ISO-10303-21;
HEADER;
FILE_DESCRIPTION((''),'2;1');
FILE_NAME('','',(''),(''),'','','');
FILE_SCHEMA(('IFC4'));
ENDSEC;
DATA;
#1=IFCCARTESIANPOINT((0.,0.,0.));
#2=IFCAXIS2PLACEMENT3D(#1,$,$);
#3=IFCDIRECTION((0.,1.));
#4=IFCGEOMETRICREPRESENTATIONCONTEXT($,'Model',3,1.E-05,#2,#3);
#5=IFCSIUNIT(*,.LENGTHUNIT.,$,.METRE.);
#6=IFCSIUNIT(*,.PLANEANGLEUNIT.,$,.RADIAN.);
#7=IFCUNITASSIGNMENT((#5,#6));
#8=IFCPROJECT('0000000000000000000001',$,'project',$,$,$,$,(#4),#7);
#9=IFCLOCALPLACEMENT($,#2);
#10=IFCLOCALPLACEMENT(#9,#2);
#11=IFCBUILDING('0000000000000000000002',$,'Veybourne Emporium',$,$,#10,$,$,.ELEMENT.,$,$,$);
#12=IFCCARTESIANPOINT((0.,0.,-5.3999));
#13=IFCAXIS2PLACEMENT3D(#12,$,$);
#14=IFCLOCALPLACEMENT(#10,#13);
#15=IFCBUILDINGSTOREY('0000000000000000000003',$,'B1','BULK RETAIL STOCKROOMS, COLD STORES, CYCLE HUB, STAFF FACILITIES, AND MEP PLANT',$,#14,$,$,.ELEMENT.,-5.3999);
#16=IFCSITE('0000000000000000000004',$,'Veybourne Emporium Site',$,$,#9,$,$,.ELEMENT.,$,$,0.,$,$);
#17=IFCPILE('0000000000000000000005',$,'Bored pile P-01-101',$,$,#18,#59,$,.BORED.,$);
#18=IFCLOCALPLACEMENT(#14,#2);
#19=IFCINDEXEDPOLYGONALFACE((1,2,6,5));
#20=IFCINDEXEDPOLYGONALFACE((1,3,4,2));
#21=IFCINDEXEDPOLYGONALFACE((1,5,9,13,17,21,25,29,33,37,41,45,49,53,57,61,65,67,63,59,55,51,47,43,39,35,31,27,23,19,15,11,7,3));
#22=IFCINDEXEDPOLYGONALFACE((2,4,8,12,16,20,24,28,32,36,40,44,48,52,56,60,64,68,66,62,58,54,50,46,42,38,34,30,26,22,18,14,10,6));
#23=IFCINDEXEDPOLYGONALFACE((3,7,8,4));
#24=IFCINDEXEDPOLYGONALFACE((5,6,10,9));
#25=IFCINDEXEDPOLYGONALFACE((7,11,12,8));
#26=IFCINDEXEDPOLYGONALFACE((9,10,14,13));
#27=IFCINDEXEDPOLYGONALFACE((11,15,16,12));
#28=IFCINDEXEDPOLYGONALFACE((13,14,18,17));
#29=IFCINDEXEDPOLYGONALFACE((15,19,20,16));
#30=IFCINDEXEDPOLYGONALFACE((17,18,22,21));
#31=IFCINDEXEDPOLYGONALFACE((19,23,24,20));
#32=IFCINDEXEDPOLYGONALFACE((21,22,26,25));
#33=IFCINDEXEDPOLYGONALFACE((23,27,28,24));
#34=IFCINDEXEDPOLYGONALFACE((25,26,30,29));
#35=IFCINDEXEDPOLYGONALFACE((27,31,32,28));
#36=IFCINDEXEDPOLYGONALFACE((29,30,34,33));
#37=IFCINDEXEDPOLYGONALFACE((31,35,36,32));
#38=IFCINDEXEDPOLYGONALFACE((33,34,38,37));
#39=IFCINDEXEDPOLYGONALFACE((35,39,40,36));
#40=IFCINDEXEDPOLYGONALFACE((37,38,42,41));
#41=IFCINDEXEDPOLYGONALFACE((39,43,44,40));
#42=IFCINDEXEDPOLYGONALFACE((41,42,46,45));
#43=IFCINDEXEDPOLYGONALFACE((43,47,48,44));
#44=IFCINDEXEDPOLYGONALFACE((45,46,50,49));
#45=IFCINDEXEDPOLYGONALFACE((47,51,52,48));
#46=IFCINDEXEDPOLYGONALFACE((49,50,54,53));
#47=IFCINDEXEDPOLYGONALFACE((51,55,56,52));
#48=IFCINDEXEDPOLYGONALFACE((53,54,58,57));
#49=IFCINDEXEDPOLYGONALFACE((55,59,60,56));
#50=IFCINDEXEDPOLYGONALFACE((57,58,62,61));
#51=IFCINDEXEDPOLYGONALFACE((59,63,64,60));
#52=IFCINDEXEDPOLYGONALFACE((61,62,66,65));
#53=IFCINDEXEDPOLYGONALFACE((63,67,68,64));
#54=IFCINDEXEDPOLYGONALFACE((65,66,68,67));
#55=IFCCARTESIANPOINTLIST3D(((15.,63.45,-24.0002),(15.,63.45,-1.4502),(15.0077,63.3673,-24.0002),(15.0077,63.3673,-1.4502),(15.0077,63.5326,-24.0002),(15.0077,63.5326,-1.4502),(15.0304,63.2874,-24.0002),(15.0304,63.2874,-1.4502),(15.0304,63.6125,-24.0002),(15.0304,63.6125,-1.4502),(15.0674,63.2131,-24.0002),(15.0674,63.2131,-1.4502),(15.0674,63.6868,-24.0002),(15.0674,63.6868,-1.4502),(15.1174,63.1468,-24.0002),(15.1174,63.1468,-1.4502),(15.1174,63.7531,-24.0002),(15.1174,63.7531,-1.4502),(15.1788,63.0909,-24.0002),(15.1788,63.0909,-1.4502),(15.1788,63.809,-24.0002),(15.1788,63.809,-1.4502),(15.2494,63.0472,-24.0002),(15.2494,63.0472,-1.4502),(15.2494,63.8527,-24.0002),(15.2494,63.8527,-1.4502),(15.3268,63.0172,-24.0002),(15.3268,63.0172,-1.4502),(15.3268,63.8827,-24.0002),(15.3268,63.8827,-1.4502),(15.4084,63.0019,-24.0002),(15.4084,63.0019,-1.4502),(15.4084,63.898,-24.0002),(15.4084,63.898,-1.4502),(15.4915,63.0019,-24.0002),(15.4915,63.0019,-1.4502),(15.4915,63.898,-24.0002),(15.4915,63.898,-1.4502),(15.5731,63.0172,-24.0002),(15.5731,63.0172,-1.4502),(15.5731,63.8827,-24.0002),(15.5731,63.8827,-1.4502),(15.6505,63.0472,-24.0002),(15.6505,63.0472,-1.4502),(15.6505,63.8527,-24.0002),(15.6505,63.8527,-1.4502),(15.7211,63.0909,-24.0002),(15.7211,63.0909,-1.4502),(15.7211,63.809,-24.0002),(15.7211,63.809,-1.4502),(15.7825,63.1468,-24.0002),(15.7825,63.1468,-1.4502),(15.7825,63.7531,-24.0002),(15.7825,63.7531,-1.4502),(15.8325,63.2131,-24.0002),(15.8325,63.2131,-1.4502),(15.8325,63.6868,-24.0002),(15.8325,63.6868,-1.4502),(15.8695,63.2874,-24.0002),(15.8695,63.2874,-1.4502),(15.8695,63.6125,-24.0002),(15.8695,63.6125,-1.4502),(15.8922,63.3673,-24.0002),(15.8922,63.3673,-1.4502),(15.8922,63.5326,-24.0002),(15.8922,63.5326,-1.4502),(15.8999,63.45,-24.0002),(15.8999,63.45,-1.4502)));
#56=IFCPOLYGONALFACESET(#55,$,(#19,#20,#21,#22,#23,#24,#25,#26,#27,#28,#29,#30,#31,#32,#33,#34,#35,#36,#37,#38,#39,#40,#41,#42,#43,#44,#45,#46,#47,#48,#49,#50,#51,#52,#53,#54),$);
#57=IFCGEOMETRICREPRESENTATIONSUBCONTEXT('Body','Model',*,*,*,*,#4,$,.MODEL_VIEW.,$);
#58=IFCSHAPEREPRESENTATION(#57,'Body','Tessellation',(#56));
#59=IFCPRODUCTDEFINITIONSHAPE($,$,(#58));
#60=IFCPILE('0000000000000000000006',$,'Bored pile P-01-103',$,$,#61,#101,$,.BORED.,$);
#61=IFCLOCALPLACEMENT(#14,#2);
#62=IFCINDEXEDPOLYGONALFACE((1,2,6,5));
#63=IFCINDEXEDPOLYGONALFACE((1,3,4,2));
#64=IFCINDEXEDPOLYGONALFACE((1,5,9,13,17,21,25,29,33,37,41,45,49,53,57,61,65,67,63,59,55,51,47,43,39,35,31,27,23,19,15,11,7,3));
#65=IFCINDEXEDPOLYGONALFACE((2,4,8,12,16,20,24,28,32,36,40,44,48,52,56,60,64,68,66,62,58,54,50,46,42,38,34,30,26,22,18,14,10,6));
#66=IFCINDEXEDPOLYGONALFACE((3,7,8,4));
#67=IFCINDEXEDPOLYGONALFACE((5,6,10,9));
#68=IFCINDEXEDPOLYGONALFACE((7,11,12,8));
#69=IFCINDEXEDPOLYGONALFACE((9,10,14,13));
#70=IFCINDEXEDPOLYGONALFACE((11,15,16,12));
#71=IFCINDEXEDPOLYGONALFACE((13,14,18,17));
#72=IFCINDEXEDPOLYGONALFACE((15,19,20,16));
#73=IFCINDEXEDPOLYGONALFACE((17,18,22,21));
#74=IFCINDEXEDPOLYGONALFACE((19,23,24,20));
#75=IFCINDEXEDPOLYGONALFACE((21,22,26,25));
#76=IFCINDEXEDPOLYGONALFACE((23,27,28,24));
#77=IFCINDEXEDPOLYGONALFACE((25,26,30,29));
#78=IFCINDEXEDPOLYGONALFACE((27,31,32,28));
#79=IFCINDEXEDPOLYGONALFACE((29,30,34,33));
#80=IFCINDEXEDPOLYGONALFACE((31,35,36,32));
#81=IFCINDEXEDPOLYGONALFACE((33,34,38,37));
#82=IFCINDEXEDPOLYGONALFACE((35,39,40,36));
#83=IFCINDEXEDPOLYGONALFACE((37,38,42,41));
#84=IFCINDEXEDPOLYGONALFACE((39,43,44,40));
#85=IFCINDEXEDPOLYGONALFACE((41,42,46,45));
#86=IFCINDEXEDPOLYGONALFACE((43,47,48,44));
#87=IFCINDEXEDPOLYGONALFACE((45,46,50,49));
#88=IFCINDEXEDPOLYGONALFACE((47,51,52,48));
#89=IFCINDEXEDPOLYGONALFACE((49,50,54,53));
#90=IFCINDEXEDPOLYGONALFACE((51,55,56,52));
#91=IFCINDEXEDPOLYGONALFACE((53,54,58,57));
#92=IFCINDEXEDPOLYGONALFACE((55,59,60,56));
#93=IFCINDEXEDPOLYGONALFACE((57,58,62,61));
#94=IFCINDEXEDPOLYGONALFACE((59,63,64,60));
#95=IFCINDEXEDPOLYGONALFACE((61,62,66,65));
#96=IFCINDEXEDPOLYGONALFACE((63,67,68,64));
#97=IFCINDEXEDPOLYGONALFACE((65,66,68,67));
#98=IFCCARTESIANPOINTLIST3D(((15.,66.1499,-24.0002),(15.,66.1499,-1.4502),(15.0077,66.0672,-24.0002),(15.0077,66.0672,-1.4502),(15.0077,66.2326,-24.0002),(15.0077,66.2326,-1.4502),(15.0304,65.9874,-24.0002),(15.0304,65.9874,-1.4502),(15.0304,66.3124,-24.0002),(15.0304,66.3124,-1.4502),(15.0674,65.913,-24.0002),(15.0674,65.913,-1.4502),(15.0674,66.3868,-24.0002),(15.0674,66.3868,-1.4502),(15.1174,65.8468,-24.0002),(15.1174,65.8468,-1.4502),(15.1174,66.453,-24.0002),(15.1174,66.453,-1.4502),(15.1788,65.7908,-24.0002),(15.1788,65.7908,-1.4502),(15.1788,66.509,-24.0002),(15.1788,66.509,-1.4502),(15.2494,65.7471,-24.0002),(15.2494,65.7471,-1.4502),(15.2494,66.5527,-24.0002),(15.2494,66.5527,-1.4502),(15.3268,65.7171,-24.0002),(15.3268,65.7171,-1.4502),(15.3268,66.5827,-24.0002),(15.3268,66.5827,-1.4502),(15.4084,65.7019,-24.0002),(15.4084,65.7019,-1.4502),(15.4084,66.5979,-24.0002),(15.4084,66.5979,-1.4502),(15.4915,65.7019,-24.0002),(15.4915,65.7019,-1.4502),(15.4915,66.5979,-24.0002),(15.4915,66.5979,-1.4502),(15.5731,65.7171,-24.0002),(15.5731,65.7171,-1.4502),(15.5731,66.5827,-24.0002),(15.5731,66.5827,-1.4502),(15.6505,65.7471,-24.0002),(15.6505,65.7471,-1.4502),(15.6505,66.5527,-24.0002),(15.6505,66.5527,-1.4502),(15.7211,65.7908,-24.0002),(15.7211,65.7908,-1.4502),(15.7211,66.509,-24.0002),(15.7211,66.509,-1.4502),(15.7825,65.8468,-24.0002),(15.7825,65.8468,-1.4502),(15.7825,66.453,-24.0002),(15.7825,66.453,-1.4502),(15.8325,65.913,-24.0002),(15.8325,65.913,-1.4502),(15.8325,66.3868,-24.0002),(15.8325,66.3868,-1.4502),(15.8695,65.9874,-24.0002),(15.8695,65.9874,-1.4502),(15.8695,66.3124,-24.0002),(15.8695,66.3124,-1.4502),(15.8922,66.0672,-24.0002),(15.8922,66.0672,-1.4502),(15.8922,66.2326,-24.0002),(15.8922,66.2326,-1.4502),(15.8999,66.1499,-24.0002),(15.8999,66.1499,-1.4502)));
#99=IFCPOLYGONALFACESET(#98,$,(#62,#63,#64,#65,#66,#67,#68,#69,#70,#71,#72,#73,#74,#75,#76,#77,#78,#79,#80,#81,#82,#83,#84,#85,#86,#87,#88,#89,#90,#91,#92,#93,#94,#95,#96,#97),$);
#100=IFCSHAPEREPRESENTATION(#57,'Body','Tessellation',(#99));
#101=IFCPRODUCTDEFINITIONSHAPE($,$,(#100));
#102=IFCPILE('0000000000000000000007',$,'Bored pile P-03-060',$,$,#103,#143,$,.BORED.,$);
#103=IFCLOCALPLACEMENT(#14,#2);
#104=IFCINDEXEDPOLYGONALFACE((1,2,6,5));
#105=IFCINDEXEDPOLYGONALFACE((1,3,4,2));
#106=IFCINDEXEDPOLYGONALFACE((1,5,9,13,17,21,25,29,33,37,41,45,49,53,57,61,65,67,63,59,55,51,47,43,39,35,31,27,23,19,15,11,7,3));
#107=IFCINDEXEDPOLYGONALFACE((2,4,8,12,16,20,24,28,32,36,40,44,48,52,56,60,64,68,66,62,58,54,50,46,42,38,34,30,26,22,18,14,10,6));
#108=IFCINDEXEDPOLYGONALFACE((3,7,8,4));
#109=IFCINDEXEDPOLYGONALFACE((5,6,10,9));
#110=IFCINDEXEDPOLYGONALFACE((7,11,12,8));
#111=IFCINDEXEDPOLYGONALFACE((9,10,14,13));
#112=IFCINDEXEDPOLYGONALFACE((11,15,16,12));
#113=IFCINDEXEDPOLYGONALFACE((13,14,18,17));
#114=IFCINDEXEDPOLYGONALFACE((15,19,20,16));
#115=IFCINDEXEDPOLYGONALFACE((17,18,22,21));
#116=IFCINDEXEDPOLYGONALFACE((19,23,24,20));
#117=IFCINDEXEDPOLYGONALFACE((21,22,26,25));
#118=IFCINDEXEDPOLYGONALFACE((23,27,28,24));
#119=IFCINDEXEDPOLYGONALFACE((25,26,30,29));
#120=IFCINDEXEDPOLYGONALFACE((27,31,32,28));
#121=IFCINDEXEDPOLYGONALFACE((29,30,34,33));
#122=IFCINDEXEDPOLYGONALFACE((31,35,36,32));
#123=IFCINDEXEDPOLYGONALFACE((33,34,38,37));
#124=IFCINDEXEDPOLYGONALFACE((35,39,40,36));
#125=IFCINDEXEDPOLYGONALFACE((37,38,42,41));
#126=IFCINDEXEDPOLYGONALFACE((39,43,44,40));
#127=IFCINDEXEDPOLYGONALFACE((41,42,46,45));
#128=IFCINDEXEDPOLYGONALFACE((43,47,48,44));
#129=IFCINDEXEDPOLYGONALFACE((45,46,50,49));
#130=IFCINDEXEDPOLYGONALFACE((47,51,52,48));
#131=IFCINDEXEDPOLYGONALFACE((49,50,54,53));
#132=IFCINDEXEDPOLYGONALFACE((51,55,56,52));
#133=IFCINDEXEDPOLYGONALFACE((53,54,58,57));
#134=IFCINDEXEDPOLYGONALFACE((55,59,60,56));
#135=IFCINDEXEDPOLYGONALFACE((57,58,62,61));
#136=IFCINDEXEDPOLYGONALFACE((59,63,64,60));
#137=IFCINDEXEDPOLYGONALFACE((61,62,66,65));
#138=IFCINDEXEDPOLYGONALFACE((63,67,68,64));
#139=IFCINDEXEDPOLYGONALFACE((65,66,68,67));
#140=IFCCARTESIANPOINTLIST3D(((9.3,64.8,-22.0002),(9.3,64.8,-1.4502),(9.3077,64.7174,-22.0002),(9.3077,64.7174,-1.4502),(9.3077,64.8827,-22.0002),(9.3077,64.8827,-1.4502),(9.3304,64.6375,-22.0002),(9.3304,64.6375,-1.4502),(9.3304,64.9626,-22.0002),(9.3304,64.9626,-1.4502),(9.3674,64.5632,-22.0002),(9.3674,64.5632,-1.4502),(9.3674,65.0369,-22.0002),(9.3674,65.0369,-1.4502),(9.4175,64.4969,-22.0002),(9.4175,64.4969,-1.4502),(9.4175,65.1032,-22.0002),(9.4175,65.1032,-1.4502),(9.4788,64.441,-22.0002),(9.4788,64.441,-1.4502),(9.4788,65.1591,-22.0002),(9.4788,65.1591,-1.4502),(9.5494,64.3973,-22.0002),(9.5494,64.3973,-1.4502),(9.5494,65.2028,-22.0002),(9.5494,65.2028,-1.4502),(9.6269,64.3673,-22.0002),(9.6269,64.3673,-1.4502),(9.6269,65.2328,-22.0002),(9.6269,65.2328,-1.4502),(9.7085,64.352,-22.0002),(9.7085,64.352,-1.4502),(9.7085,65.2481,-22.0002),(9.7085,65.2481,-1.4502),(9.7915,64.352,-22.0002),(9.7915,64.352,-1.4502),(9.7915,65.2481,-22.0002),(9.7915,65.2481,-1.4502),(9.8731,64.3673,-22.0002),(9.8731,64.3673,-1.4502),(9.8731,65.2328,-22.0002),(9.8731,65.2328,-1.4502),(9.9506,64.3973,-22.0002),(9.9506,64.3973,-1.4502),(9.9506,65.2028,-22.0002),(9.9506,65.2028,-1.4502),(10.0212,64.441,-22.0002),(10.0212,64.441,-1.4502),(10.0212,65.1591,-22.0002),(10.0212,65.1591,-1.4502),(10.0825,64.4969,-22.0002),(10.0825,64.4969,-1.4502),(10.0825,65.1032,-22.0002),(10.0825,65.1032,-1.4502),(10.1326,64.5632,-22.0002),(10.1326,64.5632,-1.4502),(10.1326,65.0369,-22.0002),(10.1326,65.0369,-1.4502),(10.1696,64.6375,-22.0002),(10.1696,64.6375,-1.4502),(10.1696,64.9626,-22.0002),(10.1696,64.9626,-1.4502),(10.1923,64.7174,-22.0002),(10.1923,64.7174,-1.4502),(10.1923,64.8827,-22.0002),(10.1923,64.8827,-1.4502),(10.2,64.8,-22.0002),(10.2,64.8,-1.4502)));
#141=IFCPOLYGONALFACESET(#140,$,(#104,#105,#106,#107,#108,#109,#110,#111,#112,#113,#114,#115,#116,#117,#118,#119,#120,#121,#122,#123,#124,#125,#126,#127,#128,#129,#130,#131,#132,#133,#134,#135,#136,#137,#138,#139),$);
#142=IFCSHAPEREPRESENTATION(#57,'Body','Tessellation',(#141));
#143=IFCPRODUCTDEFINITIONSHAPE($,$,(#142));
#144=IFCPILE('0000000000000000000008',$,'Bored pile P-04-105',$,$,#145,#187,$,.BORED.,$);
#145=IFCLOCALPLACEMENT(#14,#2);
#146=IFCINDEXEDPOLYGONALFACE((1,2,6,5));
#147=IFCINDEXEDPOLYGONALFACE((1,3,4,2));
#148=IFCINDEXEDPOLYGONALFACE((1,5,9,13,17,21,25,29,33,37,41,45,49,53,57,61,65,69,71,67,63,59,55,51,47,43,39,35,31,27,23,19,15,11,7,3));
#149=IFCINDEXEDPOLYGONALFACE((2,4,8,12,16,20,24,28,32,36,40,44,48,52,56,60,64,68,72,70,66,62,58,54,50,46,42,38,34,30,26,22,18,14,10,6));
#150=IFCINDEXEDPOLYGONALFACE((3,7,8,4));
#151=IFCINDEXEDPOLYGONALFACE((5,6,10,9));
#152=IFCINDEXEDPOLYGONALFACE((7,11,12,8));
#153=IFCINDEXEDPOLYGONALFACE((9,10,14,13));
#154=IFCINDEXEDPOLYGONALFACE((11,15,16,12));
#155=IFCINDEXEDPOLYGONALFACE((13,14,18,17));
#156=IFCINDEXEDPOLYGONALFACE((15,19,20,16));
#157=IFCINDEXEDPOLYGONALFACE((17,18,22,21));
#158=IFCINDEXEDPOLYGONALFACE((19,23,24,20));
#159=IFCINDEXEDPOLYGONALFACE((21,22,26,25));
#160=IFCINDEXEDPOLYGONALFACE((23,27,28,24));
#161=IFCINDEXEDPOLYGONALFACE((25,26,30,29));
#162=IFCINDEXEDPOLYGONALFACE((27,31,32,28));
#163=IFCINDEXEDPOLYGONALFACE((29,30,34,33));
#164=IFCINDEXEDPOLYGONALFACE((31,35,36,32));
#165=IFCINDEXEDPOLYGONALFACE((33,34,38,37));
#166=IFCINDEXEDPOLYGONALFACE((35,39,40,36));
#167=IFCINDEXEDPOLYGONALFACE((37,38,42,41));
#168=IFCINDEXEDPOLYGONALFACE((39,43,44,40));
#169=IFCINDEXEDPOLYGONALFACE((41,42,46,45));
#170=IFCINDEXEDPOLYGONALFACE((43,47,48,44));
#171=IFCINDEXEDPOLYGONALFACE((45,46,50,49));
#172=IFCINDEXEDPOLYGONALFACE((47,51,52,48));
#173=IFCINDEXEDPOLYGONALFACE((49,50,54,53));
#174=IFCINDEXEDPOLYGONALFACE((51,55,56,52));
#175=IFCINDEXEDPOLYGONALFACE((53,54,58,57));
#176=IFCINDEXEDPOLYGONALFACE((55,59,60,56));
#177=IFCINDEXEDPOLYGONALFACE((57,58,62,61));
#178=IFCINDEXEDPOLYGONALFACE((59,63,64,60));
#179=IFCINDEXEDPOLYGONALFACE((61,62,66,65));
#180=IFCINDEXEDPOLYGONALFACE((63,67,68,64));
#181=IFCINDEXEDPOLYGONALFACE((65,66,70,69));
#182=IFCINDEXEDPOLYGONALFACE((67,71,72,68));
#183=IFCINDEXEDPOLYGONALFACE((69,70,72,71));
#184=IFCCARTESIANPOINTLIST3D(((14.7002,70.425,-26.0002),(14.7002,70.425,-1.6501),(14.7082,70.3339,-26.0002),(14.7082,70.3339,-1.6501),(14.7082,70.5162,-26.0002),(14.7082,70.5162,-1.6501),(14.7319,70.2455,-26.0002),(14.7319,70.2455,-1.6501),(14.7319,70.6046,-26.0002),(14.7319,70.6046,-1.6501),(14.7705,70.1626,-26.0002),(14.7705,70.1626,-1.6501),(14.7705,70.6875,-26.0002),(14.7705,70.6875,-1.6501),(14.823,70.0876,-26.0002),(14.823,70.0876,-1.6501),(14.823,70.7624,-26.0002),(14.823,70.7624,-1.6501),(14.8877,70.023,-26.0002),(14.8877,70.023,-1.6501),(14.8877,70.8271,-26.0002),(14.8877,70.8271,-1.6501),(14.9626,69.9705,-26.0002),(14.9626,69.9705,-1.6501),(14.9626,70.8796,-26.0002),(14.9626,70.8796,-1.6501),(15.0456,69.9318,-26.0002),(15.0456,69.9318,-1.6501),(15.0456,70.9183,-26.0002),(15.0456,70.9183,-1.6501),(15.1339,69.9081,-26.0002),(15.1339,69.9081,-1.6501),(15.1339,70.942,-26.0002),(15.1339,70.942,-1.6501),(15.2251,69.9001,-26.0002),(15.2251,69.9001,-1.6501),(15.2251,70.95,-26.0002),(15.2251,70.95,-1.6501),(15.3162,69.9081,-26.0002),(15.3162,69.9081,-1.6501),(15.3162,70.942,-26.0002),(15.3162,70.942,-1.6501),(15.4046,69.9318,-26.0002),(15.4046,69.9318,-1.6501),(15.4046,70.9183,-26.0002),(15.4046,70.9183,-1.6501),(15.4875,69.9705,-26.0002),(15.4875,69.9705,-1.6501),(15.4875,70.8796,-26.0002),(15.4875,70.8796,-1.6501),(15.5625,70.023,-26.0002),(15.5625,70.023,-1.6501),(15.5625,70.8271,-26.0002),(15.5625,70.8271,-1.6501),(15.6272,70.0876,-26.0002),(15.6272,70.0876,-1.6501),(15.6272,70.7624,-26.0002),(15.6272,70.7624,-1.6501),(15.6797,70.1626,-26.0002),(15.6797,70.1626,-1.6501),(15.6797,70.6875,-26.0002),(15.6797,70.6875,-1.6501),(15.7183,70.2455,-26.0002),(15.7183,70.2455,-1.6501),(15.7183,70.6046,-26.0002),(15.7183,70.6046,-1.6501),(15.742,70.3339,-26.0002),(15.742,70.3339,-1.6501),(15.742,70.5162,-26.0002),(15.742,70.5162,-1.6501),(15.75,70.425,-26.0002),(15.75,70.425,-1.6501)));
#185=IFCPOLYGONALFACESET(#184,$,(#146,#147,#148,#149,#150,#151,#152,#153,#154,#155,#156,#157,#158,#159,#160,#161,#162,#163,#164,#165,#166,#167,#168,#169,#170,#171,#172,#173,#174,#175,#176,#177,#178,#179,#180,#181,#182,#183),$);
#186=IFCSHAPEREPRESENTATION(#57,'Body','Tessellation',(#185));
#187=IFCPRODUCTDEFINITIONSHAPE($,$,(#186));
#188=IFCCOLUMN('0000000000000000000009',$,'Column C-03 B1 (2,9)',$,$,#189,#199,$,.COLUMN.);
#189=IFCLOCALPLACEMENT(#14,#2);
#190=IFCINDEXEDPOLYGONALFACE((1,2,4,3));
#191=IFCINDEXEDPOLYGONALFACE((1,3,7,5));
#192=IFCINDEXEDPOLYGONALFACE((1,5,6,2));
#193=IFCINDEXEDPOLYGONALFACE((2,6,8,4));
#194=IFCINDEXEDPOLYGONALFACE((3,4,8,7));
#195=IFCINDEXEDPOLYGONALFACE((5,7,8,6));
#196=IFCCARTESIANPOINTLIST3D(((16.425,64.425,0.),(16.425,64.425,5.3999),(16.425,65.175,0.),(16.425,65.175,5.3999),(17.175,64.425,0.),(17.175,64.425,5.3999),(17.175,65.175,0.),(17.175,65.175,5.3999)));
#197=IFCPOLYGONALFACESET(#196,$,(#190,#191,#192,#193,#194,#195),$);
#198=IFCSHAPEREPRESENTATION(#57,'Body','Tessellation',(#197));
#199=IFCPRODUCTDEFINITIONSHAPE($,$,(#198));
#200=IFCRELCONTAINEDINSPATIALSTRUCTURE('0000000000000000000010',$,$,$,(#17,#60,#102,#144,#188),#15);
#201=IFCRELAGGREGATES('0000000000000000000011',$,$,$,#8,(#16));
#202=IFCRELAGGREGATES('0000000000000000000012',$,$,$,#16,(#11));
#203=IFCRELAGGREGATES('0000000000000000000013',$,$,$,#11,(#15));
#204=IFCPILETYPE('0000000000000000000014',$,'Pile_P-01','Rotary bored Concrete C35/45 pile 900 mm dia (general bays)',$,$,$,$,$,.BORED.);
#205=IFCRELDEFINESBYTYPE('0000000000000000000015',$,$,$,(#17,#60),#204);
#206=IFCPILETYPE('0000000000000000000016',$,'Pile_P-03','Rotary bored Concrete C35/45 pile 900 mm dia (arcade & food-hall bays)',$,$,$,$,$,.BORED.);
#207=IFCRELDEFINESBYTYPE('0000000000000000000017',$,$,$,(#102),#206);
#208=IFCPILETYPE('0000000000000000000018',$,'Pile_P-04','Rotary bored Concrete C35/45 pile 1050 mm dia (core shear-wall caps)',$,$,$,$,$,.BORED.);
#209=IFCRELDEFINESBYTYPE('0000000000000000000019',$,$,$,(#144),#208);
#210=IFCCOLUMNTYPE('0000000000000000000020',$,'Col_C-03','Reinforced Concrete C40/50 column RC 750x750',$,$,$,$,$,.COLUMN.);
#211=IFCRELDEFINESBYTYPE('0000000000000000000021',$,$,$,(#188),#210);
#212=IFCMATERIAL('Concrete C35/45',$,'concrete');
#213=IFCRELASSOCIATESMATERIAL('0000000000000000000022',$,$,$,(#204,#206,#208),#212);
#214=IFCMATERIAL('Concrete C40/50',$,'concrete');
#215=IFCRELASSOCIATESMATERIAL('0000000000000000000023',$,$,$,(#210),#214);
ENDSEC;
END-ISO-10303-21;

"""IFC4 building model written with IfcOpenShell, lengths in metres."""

from ifc_helpers import new_model, si_unit, direction, frame, origin, origin_2d, place, context, subcontext, project, spatial, rectangle, circle, extrude, material, material_profile, profile_set, type_object, element, save


model = new_model("IFC4")

# Units and contexts
model_context = context("Model", 3, precision=1e-05, world=origin(), true_north=direction((0.0, 1.0)))
body_context = subcontext(model_context, "Body", "Model", "MODEL_VIEW")
ifc_project = project(units=[si_unit("LENGTHUNIT", "METRE"), si_unit("PLANEANGLEUNIT", "RADIAN")], contexts=[model_context])

# Site, building, storey
site_placement = place(None, origin())
site = spatial("IfcSite", under=ifc_project, at=site_placement, Name="Veybourne Emporium Site", CompositionType="ELEMENT", RefElevation=0.0)
building_placement = place(site_placement, origin())
building = spatial("IfcBuilding", under=site, at=building_placement, Name="Veybourne Emporium", CompositionType="ELEMENT")
storey_placement = place(building_placement, frame((0.0, 0.0, -5.3999)))
storey = spatial("IfcBuildingStorey", under=building, at=storey_placement, Name="B1", Description="BULK RETAIL STOCKROOMS, COLD STORES, CYCLE HUB, STAFF FACILITIES, AND MEP PLANT", CompositionType="ELEMENT", Elevation=-5.3999)

# Shared definitions
ifc_material_1 = material(Name="Concrete C35/45", Category="concrete")

# Piles
ifc_material_profile_1 = material_profile(ifc_material_1, circle(Radius=0.45, at=origin_2d()), Name="BORED PILE 900")
ifc_profile_set_1 = profile_set([ifc_material_profile_1], Name="Concrete C35/45")
pile_type_1 = type_object("IfcPileType", Name="Pile_P-01", Description="Rotary bored Concrete C35/45 pile 900 mm dia (general bays)", PredefinedType="BORED", material=ifc_profile_set_1)
for number, where, z_axis, x_axis, name in (
    (1, (15.45, 63.45, -1.4502), (0.0, 0.0, -1.0), (1.0, 0.0, 0.0), "Bored pile P-01-101"),
    (2, (15.45, 66.1499, -1.4502), (0.0, 0.0, -1.0), (1.0, 0.0, 0.0), "Bored pile P-01-103"),
):
    element("IfcPile", number, at=place(storey_placement, frame(where, z_axis=z_axis, x_axis=x_axis)), inside=storey, type_object=pile_type_1, Name=name, PredefinedType="BORED", context=body_context, shape_type="SweptSolid", body=[
        extrude(circle(Radius=0.45, at=origin_2d()), origin(), (0.0, 0.0, 1.0), 22.55),
    ])
ifc_material_profile_2 = material_profile(ifc_material_1, circle(Radius=0.45, at=origin_2d()), Name="BORED PILE 900")
ifc_profile_set_2 = profile_set([ifc_material_profile_2], Name="Concrete C35/45")
pile_type_2 = type_object("IfcPileType", Name="Pile_P-03", Description="Rotary bored Concrete C35/45 pile 900 mm dia (arcade & food-hall bays)", PredefinedType="BORED", material=ifc_profile_set_2)
pile_1_placement = place(storey_placement, frame((9.75, 64.8, -1.4502), z_axis=(0.0, 0.0, -1.0), x_axis=(1.0, 0.0, 0.0)))
element("IfcPile", 3, at=pile_1_placement, inside=storey, type_object=pile_type_2, Name="Bored pile P-03-060", PredefinedType="BORED", context=body_context, shape_type="SweptSolid", body=[
    extrude(circle(Radius=0.45, at=origin_2d()), origin(), (0.0, 0.0, 1.0), 20.55),
])
ifc_material_profile_3 = material_profile(ifc_material_1, circle(Radius=0.5249, at=origin_2d()), Name="BORED PILE 1050")
ifc_profile_set_3 = profile_set([ifc_material_profile_3], Name="Concrete C35/45")
pile_type_3 = type_object("IfcPileType", Name="Pile_P-04", Description="Rotary bored Concrete C35/45 pile 1050 mm dia (core shear-wall caps)", PredefinedType="BORED", material=ifc_profile_set_3)
pile_2_placement = place(storey_placement, frame((15.2251, 70.425, -1.6501), z_axis=(0.0, 0.0, -1.0), x_axis=(1.0, 0.0, 0.0)))
element("IfcPile", 4, at=pile_2_placement, inside=storey, type_object=pile_type_3, Name="Bored pile P-04-105", PredefinedType="BORED", context=body_context, shape_type="SweptSolid", body=[
    extrude(circle(Radius=0.5249, at=origin_2d()), origin(), (0.0, 0.0, 1.0), 24.3501),
])

# Column
ifc_material_2 = material(Name="Concrete C40/50", Category="concrete")
ifc_material_profile_4 = material_profile(ifc_material_2, rectangle(XDim=0.75, YDim=0.75, at=origin_2d()), Name="RC 750x750")
ifc_profile_set_4 = profile_set([ifc_material_profile_4], Name="Concrete C40/50")
column_type = type_object("IfcColumnType", Name="Col_C-03", Description="Reinforced Concrete C40/50 column RC 750x750", PredefinedType="COLUMN", material=ifc_profile_set_4)
for number, where, z_axis, x_axis, name in (
    (5, (16.8, 64.8, 0.0), (0.0, 0.0, 1.0), (1.0, 0.0, 0.0), "Column C-03 B1 (2,9)"),
):
    element("IfcColumn", number, at=place(storey_placement, frame(where, z_axis=z_axis, x_axis=x_axis)), inside=storey, type_object=column_type, Name=name, PredefinedType="COLUMN", context=body_context, shape_type="SweptSolid", body=[
        extrude(rectangle(XDim=0.75, YDim=0.75, at=origin_2d()), origin(), (0.0, 0.0, 1.0), 5.3999),
    ])

save(model, "model.ifc")
